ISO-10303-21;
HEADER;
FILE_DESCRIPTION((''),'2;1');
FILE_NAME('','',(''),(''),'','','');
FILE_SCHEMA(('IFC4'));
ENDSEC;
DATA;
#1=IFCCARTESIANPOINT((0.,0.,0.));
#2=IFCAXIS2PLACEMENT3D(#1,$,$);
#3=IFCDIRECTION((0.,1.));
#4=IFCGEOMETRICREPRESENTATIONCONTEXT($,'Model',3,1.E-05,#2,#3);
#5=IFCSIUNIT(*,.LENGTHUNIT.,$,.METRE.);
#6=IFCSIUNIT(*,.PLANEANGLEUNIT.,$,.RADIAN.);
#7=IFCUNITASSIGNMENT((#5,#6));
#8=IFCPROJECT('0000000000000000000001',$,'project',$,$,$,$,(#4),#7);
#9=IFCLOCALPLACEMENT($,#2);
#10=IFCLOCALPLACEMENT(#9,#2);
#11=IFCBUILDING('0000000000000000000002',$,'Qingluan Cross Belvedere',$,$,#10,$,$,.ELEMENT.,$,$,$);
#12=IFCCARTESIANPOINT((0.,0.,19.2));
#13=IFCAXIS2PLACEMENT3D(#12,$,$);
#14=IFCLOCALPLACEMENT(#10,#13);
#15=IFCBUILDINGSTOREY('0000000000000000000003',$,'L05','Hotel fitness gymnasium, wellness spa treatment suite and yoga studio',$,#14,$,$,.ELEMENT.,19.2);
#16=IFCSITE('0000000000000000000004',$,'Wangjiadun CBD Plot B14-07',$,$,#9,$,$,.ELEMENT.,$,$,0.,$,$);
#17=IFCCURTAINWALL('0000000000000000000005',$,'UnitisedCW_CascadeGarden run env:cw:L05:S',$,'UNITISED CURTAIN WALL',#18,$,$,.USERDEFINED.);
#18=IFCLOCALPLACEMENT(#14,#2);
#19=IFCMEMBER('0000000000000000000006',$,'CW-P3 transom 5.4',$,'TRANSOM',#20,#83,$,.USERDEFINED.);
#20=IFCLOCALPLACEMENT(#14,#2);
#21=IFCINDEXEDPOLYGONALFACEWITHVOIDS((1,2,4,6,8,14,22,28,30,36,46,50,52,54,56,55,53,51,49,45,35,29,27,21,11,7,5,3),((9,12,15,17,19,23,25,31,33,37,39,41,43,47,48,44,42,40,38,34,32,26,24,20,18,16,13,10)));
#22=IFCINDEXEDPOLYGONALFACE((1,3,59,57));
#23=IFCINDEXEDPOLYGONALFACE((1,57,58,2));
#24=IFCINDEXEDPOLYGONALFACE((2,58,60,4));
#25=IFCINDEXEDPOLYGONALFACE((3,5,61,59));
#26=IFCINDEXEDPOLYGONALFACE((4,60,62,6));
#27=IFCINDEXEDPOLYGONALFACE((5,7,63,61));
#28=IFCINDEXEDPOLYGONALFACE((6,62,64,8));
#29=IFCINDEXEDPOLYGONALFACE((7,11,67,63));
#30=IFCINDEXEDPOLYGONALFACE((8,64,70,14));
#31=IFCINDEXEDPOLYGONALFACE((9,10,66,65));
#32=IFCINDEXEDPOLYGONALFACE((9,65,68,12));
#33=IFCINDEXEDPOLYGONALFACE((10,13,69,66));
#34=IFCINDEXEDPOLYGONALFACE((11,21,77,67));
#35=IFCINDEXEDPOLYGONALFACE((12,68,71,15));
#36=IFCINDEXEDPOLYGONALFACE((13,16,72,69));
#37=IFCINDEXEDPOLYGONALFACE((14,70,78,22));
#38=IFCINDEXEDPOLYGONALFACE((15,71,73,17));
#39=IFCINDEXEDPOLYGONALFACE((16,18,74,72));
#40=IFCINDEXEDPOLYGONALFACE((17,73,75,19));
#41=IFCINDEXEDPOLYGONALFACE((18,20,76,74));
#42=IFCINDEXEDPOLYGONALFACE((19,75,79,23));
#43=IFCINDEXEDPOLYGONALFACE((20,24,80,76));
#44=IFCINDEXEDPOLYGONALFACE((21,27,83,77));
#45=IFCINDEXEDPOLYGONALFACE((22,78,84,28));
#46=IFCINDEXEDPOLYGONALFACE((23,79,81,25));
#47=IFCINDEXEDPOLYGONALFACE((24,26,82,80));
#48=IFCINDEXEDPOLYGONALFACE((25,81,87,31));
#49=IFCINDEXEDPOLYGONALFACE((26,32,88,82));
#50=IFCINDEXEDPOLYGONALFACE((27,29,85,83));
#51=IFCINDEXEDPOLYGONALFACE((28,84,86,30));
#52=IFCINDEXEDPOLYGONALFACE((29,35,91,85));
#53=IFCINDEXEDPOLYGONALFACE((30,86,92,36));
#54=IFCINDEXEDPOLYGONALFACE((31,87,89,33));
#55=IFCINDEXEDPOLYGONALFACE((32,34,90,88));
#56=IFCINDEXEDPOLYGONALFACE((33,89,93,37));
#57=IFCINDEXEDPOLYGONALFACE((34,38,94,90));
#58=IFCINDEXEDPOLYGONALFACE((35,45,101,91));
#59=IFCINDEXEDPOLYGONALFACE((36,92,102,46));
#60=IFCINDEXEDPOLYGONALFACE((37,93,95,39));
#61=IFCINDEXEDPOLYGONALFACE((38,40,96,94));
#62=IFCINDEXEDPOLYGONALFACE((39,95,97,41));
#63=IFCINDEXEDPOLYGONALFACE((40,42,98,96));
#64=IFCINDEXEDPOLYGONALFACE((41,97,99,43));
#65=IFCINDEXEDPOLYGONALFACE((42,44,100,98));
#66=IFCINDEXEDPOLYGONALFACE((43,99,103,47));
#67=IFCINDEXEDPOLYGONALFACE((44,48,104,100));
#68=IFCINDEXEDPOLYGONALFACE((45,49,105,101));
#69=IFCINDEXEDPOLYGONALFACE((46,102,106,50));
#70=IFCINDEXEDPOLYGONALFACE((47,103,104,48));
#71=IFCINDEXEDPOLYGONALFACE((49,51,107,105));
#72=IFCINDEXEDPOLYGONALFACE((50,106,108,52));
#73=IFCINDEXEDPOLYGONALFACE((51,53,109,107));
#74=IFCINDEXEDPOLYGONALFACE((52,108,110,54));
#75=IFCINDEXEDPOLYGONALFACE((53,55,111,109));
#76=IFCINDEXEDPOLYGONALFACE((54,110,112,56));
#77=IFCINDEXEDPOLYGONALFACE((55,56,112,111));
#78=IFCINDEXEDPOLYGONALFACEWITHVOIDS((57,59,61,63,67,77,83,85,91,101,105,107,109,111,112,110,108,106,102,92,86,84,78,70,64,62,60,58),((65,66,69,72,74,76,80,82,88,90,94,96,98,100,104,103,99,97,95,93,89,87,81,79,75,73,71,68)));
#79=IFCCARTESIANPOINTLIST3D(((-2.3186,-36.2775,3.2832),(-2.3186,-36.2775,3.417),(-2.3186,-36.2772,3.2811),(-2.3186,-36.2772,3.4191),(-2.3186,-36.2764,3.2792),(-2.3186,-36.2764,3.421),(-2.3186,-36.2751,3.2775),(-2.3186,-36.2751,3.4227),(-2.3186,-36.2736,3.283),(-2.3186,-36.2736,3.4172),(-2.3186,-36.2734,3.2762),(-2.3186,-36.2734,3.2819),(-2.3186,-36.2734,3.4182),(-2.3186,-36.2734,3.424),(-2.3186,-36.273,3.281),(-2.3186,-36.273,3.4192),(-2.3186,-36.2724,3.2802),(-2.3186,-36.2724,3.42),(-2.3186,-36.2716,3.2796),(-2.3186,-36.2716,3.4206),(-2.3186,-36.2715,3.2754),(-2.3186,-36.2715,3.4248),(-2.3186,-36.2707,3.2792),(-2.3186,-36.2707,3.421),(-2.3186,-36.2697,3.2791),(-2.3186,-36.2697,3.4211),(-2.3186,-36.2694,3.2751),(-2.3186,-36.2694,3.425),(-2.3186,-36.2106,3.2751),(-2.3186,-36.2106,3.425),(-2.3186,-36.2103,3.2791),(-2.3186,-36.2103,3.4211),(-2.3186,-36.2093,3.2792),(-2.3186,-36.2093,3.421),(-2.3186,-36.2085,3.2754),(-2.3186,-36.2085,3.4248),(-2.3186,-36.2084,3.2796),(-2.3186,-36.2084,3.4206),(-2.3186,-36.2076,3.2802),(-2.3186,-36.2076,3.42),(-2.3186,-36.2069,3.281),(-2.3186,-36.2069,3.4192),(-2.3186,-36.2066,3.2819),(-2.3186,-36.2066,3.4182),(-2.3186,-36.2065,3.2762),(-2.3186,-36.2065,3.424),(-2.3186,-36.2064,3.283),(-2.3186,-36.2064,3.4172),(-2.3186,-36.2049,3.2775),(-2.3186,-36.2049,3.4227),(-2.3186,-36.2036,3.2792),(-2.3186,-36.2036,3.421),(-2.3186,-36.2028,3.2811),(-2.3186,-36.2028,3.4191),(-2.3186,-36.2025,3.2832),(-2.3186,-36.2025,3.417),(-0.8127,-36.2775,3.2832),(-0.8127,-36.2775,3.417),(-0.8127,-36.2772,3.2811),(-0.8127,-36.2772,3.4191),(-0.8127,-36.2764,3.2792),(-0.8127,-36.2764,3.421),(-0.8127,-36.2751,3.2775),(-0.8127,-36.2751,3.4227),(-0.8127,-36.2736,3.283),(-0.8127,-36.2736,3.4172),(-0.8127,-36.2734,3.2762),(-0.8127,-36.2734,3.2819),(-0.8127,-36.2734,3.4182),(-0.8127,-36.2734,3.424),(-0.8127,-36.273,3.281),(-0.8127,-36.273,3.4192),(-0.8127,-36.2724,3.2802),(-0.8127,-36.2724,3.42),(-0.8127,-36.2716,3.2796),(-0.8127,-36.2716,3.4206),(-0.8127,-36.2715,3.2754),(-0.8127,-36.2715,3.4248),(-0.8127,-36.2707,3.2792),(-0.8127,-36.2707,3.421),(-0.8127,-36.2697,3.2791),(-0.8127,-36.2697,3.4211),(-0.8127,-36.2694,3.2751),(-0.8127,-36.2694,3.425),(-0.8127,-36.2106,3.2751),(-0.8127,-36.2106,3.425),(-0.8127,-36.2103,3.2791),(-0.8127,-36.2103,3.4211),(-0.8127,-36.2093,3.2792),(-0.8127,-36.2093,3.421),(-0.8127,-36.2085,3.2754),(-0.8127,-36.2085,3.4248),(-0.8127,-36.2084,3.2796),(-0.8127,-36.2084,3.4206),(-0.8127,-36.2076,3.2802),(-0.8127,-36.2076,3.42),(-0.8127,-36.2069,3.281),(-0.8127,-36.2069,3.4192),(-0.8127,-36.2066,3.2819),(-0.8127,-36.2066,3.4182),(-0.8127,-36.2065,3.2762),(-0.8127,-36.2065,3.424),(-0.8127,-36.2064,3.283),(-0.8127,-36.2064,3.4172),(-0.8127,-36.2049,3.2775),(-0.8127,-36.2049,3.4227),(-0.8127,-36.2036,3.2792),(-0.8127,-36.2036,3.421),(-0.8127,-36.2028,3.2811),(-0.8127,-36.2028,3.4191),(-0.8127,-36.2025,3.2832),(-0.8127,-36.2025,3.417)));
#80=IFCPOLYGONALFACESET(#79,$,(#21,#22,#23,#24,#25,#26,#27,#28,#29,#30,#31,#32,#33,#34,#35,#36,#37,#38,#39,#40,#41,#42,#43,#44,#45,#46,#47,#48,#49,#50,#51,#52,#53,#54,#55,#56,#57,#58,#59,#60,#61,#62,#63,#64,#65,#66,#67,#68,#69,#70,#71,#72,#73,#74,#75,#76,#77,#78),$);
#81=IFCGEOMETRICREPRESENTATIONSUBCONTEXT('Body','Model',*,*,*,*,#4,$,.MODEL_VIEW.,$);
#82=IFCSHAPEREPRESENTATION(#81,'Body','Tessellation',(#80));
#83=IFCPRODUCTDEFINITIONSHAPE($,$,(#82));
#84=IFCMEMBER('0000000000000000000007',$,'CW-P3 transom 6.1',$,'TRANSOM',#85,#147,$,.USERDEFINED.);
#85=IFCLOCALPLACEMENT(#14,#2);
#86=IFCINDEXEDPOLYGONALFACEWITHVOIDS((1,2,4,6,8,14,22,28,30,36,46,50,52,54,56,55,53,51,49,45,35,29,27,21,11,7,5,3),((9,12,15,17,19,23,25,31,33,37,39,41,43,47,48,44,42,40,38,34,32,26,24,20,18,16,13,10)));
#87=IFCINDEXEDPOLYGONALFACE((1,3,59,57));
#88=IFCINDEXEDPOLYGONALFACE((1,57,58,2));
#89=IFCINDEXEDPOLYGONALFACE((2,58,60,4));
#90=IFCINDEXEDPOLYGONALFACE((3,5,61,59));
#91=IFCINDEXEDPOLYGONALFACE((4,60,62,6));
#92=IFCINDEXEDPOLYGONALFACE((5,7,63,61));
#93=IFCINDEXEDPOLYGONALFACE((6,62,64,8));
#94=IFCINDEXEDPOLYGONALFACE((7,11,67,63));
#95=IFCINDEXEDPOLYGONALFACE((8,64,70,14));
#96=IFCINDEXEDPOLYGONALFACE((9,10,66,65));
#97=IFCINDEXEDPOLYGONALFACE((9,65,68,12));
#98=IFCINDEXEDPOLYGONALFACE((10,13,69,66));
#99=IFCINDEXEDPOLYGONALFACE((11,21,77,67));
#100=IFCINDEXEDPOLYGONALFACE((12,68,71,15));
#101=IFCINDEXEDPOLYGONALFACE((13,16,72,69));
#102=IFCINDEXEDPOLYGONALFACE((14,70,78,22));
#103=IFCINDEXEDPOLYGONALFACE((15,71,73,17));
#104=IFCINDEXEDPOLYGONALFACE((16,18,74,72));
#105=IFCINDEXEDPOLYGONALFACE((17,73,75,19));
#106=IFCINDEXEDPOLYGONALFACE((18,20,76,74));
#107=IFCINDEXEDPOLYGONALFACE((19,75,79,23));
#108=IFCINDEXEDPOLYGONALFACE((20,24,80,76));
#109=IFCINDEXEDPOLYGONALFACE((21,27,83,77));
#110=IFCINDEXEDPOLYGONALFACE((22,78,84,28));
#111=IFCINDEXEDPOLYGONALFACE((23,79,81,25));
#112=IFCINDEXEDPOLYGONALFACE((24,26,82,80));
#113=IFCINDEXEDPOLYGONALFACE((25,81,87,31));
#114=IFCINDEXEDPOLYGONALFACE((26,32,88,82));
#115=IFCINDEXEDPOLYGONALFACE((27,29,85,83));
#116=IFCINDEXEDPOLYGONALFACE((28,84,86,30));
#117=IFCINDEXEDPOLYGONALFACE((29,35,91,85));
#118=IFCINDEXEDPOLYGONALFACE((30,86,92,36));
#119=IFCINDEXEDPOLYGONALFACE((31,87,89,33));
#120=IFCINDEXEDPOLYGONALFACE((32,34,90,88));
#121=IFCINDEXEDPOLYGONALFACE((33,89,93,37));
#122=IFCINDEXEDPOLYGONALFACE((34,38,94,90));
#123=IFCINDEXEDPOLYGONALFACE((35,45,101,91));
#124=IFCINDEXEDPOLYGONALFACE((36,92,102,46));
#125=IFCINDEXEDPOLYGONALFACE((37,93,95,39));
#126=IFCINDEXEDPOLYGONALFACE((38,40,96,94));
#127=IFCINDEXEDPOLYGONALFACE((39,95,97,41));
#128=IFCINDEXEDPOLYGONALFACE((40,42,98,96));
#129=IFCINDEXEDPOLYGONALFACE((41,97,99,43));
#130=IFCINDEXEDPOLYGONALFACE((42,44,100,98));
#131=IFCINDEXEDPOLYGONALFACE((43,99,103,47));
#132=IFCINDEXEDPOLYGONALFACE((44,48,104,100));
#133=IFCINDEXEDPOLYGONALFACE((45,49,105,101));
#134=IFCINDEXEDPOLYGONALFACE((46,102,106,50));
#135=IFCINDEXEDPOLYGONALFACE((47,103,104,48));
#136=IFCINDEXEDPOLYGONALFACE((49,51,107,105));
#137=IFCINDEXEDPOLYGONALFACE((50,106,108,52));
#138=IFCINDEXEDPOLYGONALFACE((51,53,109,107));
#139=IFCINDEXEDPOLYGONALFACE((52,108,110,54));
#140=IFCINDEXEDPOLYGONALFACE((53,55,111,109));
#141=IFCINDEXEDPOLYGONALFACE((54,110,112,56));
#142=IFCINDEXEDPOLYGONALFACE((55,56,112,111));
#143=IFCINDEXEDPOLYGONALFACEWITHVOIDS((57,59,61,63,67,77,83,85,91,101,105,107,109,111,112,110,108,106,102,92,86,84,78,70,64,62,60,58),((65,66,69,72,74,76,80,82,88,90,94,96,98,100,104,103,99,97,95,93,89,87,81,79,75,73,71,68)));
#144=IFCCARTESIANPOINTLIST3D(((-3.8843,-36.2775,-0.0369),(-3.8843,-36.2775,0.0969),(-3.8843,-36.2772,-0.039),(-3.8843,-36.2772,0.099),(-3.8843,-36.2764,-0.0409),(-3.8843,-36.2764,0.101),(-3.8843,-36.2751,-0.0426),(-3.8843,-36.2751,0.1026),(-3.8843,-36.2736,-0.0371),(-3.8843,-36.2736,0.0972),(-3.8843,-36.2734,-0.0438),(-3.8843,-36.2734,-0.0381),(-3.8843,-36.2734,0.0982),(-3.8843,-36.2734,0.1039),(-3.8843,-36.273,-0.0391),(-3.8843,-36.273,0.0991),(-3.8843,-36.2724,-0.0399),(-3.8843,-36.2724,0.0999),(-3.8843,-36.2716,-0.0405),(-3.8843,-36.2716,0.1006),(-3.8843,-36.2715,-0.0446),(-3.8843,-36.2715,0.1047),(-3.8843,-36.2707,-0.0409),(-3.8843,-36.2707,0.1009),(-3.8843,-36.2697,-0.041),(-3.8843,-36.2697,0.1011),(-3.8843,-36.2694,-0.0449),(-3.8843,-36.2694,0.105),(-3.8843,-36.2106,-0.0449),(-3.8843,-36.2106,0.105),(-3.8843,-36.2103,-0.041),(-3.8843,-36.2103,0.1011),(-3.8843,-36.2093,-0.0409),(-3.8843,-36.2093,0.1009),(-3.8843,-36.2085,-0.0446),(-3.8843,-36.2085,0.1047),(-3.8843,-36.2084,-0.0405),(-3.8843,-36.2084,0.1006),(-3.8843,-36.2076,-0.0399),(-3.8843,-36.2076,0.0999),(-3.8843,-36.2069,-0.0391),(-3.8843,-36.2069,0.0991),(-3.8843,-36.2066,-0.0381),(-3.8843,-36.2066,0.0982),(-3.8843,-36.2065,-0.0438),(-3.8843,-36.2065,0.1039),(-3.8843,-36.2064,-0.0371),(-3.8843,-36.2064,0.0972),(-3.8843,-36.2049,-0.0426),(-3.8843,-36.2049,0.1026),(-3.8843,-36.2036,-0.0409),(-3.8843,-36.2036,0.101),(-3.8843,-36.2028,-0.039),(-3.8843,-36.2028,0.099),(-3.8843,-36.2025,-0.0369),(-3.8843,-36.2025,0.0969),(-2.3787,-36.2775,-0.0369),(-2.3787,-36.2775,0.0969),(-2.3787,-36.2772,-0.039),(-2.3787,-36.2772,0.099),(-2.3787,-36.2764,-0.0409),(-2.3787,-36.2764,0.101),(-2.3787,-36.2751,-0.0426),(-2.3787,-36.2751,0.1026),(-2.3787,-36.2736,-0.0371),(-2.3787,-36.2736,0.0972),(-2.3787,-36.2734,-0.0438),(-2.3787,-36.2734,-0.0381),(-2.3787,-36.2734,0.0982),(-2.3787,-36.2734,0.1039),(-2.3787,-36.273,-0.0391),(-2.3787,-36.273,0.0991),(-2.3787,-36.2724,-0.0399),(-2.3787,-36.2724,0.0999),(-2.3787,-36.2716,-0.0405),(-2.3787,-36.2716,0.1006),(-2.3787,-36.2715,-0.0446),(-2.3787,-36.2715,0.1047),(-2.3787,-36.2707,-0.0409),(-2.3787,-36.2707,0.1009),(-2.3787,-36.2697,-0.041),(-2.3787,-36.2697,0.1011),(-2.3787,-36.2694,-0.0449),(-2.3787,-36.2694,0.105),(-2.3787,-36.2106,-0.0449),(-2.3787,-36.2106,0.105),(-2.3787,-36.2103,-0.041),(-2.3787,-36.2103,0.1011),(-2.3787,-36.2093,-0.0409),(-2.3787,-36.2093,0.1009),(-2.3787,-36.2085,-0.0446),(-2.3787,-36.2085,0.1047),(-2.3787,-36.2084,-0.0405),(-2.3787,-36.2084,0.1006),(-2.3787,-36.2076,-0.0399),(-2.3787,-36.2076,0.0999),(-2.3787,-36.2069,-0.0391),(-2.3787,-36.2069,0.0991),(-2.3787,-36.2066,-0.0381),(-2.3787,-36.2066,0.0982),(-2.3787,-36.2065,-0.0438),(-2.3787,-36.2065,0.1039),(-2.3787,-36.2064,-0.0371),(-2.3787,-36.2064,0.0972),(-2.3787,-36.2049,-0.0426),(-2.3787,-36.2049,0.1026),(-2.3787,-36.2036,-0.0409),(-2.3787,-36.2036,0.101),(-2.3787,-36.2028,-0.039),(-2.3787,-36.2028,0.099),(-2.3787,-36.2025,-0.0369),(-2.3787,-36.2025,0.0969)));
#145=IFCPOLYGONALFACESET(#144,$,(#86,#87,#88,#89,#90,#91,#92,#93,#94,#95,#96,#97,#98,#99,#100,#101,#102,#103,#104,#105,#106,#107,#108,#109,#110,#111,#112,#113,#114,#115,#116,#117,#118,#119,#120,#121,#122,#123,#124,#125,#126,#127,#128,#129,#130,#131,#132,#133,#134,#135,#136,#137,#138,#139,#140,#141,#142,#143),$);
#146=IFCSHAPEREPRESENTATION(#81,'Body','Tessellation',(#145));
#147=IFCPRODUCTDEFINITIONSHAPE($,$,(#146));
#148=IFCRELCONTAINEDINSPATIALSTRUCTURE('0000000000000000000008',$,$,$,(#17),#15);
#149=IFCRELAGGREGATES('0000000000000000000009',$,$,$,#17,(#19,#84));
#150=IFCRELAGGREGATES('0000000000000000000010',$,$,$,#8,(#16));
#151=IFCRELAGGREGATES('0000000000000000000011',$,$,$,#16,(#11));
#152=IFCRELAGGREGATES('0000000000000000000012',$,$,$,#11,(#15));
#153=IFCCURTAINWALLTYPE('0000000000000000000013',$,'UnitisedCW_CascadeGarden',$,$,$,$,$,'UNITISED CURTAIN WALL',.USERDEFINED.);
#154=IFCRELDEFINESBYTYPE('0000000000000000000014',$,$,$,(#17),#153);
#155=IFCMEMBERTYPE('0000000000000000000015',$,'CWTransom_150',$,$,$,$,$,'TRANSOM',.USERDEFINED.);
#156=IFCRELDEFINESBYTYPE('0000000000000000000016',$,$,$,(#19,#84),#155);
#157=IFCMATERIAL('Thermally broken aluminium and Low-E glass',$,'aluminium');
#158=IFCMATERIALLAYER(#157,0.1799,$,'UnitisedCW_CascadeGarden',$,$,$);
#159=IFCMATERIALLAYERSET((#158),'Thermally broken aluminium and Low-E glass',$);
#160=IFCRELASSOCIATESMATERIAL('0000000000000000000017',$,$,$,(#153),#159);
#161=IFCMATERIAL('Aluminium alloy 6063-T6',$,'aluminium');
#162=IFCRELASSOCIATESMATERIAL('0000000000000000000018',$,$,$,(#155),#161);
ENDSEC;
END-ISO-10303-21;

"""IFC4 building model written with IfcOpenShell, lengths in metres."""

from ifc_helpers import new_model, si_unit, direction, frame, origin, origin_2d, place, context, subcontext, project, spatial, hollow_rectangle, extrude, material, layer, layer_set, material_profile, profile_set, type_object, element, aggregate, save


model = new_model("IFC4")

# Units and contexts
model_context = context("Model", 3, precision=1e-05, world=origin(), true_north=direction((0.0, 1.0)))
body_context = subcontext(model_context, "Body", "Model", "MODEL_VIEW")
ifc_project = project(units=[si_unit("LENGTHUNIT", "METRE"), si_unit("PLANEANGLEUNIT", "RADIAN")], contexts=[model_context])

# Site, building, storey
site_placement = place(None, origin())
site = spatial("IfcSite", under=ifc_project, at=site_placement, Name="Wangjiadun CBD Plot B14-07", CompositionType="ELEMENT", RefElevation=0.0)
building_placement = place(site_placement, origin())
building = spatial("IfcBuilding", under=site, at=building_placement, Name="Qingluan Cross Belvedere", CompositionType="ELEMENT")
storey_placement = place(building_placement, frame((0.0, 0.0, 19.2)))
storey = spatial("IfcBuildingStorey", under=building, at=storey_placement, Name="L05", Description="Hotel fitness gymnasium, wellness spa treatment suite and yoga studio", CompositionType="ELEMENT", Elevation=19.2)

# Curtain wall, members
ifc_material_1 = material(Name="Thermally broken aluminium and Low-E glass", Category="aluminium")
ifc_layer_1 = layer(ifc_material_1, 0.1799, Name="UnitisedCW_CascadeGarden")
ifc_layer_set_1 = layer_set([ifc_layer_1], Name="Thermally broken aluminium and Low-E glass")
curtain_wall_type = type_object("IfcCurtainWallType", Name="UnitisedCW_CascadeGarden", ElementType="UNITISED CURTAIN WALL", PredefinedType="USERDEFINED", material=ifc_layer_set_1)
curtain_wall_placement = place(storey_placement, origin())
curtain_wall = element("IfcCurtainWall", 1, at=curtain_wall_placement, inside=storey, type_object=curtain_wall_type, Name="UnitisedCW_CascadeGarden run env:cw:L05:S", ObjectType="UNITISED CURTAIN WALL", PredefinedType="USERDEFINED")
ifc_material_2 = material(Name="Aluminium alloy 6063-T6", Category="aluminium")
ifc_material_profile_1 = material_profile(ifc_material_2, hollow_rectangle(XDim=0.075, YDim=0.1499, WallThickness=0.0039, InnerFilletRadius=0.0039, OuterFilletRadius=0.0081, at=origin_2d()), Name="CWT150x75x4")
ifc_profile_set_1 = profile_set([ifc_material_profile_1], Name="Aluminium alloy 6063-T6")
member_type_1 = type_object("IfcMemberType", Name="CWTransom_150", ElementType="TRANSOM", PredefinedType="USERDEFINED", material=ifc_profile_set_1)
member_1_placement = place(storey_placement, frame((-0.8127, -36.24, 3.3501), z_axis=(-1.0, 0.0, 0.0), x_axis=(0.0, -1.0, 0.0)))
member_1 = element("IfcMember", 2, at=member_1_placement, type_object=member_type_1, Name="CW-P3 transom 5.4", ObjectType="TRANSOM", PredefinedType="USERDEFINED", context=body_context, shape_type="SweptSolid", body=[
    extrude(hollow_rectangle(XDim=0.075, YDim=0.1499, WallThickness=0.0039, InnerFilletRadius=0.0039, OuterFilletRadius=0.0081, at=origin_2d()), origin(), (0.0, 0.0, 1.0), 1.5059),
])
member_2_placement = place(storey_placement, frame((-2.3787, -36.24, 0.03), z_axis=(-1.0, 0.0, 0.0), x_axis=(0.0, -1.0, 0.0)))
member_2 = element("IfcMember", 3, at=member_2_placement, type_object=member_type_1, Name="CW-P3 transom 6.1", ObjectType="TRANSOM", PredefinedType="USERDEFINED", context=body_context, shape_type="SweptSolid", body=[
    extrude(hollow_rectangle(XDim=0.075, YDim=0.1499, WallThickness=0.0039, InnerFilletRadius=0.0039, OuterFilletRadius=0.0081, at=origin_2d()), origin(), (0.0, 0.0, 1.0), 1.5056),
])

aggregate(curtain_wall, [member_1, member_2])

save(model, "model.ifc")
